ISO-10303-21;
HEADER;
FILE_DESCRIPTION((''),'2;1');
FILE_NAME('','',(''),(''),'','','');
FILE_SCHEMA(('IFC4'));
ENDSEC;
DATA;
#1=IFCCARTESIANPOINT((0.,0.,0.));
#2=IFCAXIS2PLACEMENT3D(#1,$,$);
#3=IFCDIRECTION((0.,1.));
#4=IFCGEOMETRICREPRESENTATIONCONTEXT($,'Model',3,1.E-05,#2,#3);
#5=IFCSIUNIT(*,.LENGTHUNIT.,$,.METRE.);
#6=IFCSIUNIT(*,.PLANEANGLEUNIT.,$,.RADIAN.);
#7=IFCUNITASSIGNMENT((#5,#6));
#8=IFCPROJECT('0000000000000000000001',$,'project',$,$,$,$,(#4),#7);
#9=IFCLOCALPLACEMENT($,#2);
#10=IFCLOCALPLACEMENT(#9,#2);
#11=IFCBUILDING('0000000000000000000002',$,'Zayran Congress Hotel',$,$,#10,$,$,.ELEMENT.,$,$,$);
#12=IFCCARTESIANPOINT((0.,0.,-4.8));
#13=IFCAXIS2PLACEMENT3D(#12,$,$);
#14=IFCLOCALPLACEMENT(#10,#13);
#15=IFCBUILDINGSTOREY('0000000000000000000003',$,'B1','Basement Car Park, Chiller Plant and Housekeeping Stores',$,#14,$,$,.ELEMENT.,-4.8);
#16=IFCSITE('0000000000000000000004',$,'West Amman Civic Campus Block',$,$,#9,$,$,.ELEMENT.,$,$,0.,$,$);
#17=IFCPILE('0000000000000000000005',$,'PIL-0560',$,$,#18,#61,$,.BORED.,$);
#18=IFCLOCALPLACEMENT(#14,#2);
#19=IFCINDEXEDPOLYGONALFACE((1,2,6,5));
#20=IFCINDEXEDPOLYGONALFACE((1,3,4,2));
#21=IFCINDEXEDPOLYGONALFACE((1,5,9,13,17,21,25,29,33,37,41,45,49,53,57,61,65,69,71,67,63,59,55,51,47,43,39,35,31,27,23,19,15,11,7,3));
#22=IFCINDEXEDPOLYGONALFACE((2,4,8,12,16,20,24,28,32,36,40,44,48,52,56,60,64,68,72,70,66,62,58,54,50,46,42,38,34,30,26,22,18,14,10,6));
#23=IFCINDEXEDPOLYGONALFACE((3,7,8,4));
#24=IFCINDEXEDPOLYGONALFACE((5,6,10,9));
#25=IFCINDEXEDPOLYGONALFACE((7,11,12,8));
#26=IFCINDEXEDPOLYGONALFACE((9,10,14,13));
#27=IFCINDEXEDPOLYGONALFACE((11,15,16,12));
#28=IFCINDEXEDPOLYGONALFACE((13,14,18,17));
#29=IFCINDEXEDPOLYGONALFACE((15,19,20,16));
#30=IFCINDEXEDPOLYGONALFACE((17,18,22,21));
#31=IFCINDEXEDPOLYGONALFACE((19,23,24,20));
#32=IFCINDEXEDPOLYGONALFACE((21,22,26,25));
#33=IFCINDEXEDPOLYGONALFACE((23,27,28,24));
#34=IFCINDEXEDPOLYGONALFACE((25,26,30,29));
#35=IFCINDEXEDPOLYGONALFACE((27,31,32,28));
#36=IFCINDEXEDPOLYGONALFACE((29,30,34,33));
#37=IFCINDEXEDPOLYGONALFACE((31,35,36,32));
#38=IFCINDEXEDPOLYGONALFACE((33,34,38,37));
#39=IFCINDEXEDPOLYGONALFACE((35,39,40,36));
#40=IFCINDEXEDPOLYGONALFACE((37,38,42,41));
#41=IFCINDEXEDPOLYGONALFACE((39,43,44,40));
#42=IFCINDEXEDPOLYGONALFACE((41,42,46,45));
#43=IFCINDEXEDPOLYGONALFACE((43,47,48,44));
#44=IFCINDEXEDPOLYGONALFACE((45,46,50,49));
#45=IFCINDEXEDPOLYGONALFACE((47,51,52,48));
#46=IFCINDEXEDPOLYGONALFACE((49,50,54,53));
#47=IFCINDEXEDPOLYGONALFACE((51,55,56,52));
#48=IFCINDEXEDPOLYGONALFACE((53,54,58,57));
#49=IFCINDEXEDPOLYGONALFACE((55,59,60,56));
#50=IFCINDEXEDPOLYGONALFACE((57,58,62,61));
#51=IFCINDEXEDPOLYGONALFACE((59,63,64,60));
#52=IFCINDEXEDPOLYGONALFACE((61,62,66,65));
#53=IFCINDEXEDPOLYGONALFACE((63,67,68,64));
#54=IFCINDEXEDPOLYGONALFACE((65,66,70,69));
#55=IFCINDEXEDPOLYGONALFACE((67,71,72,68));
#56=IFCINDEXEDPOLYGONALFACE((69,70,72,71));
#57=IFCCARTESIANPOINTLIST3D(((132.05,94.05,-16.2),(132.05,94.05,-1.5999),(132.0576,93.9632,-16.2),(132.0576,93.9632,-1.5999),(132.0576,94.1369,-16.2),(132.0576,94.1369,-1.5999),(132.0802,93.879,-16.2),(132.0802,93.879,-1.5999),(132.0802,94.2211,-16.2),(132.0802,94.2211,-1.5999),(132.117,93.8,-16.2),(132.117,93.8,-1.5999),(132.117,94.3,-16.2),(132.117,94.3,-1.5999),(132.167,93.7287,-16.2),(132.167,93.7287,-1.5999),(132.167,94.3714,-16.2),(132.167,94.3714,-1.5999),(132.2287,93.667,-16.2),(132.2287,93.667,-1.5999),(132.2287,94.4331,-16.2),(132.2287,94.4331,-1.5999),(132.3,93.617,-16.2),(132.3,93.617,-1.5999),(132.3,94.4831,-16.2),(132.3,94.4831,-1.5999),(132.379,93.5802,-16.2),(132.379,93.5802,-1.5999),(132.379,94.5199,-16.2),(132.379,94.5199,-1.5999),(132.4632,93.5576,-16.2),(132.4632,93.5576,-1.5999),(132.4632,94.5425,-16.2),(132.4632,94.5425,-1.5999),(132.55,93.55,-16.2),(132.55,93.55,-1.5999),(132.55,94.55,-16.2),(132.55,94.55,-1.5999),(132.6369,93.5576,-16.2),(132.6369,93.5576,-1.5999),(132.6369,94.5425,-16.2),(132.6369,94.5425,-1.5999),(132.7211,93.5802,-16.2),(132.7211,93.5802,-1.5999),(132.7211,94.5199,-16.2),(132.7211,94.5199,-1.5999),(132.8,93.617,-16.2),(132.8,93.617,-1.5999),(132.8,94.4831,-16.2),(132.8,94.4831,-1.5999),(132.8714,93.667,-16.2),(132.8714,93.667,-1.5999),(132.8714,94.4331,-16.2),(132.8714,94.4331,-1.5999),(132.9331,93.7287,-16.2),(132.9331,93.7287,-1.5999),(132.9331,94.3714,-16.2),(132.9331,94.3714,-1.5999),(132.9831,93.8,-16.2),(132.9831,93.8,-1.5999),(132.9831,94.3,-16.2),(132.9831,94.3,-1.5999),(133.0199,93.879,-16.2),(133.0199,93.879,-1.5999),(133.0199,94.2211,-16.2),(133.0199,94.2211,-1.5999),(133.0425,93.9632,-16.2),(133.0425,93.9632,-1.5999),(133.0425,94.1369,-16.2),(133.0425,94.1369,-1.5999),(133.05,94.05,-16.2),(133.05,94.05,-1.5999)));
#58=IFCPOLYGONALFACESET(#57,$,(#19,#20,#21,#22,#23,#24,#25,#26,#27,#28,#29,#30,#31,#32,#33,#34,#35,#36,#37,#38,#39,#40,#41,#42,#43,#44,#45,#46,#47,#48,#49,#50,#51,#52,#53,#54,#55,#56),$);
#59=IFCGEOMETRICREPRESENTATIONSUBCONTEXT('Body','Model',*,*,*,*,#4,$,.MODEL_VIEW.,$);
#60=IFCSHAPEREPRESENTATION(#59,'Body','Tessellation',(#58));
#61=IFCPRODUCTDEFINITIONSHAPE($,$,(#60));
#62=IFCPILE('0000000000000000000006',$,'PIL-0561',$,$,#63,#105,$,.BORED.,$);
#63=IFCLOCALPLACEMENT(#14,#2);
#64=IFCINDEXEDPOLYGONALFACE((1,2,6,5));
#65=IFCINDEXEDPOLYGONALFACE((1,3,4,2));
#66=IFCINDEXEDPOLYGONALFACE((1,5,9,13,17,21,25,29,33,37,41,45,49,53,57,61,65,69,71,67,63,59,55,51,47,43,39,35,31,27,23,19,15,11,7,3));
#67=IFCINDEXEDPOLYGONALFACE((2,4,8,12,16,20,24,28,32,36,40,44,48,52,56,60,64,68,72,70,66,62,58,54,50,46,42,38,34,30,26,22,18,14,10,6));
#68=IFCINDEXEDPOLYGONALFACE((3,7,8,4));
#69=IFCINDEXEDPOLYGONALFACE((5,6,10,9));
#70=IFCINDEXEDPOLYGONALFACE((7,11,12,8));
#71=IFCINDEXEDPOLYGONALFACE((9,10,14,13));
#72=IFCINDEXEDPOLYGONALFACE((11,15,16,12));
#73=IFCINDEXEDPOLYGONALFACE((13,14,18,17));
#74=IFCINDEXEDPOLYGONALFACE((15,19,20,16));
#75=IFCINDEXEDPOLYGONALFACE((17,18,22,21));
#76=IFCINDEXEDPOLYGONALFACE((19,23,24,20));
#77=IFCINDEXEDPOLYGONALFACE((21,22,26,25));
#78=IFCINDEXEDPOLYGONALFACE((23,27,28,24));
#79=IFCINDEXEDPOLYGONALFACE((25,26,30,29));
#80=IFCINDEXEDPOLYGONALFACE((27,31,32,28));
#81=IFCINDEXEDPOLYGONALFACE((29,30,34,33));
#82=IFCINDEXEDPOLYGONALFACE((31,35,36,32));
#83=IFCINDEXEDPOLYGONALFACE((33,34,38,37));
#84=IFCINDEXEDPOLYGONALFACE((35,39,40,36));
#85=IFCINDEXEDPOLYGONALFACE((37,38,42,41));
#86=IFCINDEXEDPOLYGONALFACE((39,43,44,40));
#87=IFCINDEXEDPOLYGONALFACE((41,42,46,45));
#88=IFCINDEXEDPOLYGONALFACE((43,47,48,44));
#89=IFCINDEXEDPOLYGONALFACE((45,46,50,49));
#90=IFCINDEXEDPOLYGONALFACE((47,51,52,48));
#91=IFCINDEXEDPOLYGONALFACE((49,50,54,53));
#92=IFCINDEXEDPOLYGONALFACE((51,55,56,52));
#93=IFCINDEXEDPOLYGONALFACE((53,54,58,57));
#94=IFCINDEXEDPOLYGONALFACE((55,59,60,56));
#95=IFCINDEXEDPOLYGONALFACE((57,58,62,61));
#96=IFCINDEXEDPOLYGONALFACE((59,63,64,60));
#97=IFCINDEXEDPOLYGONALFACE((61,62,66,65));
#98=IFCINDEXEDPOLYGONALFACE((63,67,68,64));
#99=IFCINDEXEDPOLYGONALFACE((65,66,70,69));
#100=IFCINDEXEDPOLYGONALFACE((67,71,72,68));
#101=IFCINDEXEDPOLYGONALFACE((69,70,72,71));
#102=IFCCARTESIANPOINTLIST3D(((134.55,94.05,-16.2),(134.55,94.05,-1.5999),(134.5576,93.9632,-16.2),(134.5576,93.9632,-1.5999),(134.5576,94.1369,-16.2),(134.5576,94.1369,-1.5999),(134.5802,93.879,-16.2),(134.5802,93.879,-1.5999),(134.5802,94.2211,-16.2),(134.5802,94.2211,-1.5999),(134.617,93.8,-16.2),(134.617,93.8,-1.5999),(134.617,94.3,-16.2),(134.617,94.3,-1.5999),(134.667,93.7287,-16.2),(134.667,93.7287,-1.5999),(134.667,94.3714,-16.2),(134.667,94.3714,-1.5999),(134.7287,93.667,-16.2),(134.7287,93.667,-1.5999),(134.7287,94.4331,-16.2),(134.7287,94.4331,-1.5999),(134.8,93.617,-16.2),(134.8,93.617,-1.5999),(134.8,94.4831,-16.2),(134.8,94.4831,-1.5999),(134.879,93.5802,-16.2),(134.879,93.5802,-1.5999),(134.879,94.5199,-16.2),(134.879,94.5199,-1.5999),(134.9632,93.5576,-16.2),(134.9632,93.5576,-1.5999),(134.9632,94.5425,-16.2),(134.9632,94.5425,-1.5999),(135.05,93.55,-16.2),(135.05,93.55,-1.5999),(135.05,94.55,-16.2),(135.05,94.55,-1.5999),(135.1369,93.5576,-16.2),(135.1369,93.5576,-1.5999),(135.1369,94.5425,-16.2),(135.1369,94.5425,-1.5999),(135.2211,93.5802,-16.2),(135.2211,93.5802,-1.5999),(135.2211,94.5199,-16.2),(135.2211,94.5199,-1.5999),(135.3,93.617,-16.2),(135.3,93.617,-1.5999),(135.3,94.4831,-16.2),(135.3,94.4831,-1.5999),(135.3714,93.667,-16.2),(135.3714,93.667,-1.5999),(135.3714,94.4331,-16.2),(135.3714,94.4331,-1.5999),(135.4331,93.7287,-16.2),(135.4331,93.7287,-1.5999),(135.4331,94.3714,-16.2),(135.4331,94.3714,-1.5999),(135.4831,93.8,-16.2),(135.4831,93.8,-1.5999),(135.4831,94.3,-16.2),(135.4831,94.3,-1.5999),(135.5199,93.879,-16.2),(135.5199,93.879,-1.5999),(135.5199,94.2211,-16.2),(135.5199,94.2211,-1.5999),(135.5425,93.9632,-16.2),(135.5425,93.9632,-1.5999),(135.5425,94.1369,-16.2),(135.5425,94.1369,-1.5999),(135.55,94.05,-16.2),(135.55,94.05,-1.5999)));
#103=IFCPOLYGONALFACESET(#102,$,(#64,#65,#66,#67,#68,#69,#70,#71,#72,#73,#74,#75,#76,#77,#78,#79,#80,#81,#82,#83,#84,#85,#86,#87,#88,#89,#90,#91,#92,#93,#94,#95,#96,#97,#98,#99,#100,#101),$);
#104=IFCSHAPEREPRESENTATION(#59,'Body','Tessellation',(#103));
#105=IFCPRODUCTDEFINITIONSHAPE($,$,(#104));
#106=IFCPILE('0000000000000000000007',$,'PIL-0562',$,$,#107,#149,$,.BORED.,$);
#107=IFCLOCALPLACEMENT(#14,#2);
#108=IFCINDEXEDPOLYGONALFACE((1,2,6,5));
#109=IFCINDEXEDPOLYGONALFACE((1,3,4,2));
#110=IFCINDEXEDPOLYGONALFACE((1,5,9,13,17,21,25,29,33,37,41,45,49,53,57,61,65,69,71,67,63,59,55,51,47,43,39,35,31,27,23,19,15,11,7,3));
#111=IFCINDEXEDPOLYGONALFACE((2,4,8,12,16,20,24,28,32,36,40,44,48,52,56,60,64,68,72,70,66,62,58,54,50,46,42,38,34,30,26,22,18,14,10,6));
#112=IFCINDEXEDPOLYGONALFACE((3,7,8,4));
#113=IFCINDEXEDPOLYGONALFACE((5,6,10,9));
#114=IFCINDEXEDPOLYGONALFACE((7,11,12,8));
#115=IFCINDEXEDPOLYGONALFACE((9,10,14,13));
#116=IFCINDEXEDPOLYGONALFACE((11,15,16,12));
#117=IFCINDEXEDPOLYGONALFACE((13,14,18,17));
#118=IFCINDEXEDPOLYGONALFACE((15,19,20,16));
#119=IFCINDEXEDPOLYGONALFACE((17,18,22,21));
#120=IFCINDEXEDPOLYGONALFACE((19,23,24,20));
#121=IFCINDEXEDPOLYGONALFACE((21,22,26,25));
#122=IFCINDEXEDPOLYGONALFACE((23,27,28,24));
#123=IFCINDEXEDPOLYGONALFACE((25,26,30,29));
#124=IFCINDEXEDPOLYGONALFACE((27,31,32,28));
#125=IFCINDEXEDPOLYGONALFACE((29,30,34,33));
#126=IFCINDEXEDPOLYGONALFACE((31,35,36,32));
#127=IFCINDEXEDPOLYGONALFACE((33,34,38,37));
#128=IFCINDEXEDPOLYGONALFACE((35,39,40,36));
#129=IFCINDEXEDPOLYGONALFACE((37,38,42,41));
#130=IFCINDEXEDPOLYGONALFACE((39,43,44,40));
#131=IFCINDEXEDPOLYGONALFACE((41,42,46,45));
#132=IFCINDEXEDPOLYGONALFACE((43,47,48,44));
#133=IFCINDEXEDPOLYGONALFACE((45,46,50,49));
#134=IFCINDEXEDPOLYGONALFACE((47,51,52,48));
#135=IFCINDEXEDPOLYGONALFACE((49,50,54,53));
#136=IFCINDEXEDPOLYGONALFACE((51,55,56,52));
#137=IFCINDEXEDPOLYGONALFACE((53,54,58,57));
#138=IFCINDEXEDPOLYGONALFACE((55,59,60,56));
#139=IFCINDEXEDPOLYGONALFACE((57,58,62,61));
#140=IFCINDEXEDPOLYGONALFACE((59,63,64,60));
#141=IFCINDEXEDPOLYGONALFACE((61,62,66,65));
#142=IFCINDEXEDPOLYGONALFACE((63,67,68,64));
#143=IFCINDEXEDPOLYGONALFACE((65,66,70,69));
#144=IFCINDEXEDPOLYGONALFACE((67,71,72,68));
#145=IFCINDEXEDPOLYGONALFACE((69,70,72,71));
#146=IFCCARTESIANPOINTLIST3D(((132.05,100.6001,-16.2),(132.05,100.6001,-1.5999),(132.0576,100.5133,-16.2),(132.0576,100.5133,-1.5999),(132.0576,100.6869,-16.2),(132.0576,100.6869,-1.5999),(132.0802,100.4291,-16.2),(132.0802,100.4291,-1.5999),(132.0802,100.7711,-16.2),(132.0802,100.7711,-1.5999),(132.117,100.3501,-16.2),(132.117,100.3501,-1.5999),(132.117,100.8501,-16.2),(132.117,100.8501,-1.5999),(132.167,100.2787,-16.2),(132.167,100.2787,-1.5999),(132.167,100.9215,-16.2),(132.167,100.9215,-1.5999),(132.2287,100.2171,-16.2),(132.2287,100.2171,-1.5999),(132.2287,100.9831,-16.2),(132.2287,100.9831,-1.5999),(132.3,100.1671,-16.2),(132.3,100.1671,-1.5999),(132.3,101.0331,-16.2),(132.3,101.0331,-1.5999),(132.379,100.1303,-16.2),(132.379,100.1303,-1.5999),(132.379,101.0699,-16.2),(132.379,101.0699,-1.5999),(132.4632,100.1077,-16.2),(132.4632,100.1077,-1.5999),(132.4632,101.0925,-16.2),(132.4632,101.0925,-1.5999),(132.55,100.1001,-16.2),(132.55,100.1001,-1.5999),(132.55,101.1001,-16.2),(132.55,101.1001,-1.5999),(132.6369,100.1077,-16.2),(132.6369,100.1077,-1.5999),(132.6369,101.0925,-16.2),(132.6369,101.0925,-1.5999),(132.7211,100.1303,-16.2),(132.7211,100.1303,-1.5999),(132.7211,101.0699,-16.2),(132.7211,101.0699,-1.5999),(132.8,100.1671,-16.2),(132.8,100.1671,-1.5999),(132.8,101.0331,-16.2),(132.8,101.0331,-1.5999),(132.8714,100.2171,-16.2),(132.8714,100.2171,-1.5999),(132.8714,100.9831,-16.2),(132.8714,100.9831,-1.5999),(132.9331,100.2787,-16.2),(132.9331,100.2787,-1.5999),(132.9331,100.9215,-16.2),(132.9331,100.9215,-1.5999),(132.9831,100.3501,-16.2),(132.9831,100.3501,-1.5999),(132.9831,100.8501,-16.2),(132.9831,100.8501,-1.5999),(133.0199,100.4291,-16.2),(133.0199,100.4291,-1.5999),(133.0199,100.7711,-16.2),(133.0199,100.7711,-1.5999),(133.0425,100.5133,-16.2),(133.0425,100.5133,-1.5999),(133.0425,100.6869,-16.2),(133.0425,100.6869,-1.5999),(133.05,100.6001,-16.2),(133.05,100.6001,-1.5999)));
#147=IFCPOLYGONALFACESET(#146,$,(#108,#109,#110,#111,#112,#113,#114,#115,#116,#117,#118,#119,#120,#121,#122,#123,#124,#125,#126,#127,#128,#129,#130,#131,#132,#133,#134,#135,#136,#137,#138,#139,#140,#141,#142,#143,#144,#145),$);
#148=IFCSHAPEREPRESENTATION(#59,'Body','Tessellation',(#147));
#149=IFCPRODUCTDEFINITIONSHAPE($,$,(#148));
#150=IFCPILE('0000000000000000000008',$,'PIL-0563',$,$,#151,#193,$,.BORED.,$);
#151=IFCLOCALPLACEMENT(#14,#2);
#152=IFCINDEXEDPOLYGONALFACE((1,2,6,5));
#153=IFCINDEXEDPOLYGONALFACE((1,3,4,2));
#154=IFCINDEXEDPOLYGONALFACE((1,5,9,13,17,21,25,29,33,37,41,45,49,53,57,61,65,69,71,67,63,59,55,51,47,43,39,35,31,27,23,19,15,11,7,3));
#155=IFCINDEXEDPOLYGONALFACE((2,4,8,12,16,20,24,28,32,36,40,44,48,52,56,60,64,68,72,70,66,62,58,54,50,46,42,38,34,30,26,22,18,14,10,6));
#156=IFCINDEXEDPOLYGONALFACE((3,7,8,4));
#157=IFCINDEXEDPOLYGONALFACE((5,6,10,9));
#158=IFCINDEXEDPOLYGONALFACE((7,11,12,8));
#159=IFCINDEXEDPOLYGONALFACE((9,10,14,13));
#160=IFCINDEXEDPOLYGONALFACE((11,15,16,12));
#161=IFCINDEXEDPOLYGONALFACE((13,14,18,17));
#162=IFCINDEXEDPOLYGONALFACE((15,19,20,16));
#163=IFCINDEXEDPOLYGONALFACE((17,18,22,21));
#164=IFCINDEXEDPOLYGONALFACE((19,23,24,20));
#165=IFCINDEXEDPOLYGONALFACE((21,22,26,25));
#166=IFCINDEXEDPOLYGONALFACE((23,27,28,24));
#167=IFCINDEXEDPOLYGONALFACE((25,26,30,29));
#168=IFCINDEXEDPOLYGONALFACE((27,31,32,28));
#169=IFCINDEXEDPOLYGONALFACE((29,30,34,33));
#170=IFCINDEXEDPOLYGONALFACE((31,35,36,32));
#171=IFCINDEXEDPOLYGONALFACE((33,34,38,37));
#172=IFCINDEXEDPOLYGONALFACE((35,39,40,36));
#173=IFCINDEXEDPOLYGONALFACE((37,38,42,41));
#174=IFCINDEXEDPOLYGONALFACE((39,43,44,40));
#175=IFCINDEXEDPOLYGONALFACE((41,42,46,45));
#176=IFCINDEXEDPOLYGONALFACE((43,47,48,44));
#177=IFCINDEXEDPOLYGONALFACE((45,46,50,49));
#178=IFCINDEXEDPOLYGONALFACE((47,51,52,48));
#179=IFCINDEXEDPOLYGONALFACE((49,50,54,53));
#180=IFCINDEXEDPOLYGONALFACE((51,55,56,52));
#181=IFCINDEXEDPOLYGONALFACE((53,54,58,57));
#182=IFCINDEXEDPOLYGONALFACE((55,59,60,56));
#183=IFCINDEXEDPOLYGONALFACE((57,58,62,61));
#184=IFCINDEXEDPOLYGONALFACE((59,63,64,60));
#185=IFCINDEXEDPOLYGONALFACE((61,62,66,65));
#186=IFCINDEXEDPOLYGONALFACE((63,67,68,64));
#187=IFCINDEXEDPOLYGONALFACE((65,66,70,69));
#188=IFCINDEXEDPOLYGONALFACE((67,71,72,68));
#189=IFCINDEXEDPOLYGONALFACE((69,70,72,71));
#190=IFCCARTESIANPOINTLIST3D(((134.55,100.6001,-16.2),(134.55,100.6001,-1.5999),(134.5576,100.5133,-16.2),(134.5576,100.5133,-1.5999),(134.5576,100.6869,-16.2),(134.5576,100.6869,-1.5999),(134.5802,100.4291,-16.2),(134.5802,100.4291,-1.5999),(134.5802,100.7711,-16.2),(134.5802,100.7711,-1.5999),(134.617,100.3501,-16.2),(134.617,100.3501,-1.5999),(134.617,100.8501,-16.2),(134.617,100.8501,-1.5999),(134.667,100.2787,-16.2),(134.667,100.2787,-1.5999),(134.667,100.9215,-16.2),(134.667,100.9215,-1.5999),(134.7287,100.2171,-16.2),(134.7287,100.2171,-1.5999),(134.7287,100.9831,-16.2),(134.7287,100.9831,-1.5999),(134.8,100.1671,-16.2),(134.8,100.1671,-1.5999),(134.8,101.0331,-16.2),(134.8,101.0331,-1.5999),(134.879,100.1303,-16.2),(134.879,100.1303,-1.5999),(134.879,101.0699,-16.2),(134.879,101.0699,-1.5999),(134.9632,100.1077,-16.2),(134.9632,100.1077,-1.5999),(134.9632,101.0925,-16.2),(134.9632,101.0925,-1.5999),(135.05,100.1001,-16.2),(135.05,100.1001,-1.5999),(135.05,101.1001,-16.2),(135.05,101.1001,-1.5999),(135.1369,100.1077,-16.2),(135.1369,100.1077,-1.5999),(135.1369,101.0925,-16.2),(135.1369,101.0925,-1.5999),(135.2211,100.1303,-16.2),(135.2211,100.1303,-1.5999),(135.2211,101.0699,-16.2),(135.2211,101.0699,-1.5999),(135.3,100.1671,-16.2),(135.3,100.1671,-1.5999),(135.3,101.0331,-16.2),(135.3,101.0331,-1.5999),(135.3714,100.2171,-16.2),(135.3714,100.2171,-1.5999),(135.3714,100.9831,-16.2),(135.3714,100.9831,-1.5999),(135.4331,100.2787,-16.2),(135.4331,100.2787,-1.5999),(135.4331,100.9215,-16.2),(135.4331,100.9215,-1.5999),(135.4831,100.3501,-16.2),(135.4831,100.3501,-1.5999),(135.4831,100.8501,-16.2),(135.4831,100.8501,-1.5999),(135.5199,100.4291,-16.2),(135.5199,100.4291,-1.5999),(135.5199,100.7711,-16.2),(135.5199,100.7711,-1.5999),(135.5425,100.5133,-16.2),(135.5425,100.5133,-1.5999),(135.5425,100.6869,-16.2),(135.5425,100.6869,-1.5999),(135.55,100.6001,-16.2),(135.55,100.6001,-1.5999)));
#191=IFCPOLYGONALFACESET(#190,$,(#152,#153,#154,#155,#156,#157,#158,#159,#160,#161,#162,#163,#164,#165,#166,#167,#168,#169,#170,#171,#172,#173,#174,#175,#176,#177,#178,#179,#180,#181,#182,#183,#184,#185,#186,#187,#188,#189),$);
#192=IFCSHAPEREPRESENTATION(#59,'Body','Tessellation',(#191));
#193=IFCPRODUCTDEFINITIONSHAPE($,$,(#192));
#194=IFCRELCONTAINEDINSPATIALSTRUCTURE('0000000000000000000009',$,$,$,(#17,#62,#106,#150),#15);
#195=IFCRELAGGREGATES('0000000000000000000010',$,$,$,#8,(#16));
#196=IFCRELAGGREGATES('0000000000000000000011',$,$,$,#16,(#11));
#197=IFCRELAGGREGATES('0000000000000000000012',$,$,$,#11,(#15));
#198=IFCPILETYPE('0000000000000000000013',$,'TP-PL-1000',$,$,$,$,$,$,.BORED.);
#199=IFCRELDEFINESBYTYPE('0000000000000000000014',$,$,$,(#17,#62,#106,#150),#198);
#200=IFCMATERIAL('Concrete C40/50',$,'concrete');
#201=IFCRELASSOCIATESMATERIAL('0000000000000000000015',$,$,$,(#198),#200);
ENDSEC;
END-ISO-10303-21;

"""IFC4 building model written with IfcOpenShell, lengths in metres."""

from ifc_helpers import new_model, si_unit, direction, frame, origin, origin_2d, place, context, subcontext, project, spatial, circle, extrude, material, material_profile, profile_set, type_object, element, save


model = new_model("IFC4")

# Units and contexts
model_context = context("Model", 3, precision=1e-05, world=origin(), true_north=direction((0.0, 1.0)))
body_context = subcontext(model_context, "Body", "Model", "MODEL_VIEW")
ifc_project = project(units=[si_unit("LENGTHUNIT", "METRE"), si_unit("PLANEANGLEUNIT", "RADIAN")], contexts=[model_context])

# Site, building, storey
site_placement = place(None, origin())
site = spatial("IfcSite", under=ifc_project, at=site_placement, Name="West Amman Civic Campus Block", CompositionType="ELEMENT", RefElevation=0.0)
building_placement = place(site_placement, origin())
building = spatial("IfcBuilding", under=site, at=building_placement, Name="Zayran Congress Hotel", CompositionType="ELEMENT")
storey_placement = place(building_placement, frame((0.0, 0.0, -4.8)))
storey = spatial("IfcBuildingStorey", under=building, at=storey_placement, Name="B1", Description="Basement Car Park, Chiller Plant and Housekeeping Stores", CompositionType="ELEMENT", Elevation=-4.8)

# Piles
ifc_material_1 = material(Name="Concrete C40/50", Category="concrete")
ifc_material_profile_1 = material_profile(ifc_material_1, circle(Radius=0.5, at=origin_2d()), Name="PILE D1000")
ifc_profile_set_1 = profile_set([ifc_material_profile_1], Name="Concrete C40/50")
pile_type = type_object("IfcPileType", Name="TP-PL-1000", PredefinedType="BORED", material=ifc_profile_set_1)
for number, where, z_axis, x_axis, name in (
    (1, (132.55, 94.05, -1.5999), (0.0, 0.0, -1.0), (1.0, 0.0, 0.0), "PIL-0560"),
    (2, (135.05, 94.05, -1.5999), (0.0, 0.0, -1.0), (1.0, 0.0, 0.0), "PIL-0561"),
    (3, (132.55, 100.6001, -1.5999), (0.0, 0.0, -1.0), (1.0, 0.0, 0.0), "PIL-0562"),
    (4, (135.05, 100.6001, -1.5999), (0.0, 0.0, -1.0), (1.0, 0.0, 0.0), "PIL-0563"),
):
    element("IfcPile", number, at=place(storey_placement, frame(where, z_axis=z_axis, x_axis=x_axis)), inside=storey, type_object=pile_type, Name=name, PredefinedType="BORED", context=body_context, shape_type="SweptSolid", body=[
        extrude(circle(Radius=0.5, at=origin_2d()), origin(), (0.0, 0.0, 1.0), 14.6001),
    ])

save(model, "model.ifc")
